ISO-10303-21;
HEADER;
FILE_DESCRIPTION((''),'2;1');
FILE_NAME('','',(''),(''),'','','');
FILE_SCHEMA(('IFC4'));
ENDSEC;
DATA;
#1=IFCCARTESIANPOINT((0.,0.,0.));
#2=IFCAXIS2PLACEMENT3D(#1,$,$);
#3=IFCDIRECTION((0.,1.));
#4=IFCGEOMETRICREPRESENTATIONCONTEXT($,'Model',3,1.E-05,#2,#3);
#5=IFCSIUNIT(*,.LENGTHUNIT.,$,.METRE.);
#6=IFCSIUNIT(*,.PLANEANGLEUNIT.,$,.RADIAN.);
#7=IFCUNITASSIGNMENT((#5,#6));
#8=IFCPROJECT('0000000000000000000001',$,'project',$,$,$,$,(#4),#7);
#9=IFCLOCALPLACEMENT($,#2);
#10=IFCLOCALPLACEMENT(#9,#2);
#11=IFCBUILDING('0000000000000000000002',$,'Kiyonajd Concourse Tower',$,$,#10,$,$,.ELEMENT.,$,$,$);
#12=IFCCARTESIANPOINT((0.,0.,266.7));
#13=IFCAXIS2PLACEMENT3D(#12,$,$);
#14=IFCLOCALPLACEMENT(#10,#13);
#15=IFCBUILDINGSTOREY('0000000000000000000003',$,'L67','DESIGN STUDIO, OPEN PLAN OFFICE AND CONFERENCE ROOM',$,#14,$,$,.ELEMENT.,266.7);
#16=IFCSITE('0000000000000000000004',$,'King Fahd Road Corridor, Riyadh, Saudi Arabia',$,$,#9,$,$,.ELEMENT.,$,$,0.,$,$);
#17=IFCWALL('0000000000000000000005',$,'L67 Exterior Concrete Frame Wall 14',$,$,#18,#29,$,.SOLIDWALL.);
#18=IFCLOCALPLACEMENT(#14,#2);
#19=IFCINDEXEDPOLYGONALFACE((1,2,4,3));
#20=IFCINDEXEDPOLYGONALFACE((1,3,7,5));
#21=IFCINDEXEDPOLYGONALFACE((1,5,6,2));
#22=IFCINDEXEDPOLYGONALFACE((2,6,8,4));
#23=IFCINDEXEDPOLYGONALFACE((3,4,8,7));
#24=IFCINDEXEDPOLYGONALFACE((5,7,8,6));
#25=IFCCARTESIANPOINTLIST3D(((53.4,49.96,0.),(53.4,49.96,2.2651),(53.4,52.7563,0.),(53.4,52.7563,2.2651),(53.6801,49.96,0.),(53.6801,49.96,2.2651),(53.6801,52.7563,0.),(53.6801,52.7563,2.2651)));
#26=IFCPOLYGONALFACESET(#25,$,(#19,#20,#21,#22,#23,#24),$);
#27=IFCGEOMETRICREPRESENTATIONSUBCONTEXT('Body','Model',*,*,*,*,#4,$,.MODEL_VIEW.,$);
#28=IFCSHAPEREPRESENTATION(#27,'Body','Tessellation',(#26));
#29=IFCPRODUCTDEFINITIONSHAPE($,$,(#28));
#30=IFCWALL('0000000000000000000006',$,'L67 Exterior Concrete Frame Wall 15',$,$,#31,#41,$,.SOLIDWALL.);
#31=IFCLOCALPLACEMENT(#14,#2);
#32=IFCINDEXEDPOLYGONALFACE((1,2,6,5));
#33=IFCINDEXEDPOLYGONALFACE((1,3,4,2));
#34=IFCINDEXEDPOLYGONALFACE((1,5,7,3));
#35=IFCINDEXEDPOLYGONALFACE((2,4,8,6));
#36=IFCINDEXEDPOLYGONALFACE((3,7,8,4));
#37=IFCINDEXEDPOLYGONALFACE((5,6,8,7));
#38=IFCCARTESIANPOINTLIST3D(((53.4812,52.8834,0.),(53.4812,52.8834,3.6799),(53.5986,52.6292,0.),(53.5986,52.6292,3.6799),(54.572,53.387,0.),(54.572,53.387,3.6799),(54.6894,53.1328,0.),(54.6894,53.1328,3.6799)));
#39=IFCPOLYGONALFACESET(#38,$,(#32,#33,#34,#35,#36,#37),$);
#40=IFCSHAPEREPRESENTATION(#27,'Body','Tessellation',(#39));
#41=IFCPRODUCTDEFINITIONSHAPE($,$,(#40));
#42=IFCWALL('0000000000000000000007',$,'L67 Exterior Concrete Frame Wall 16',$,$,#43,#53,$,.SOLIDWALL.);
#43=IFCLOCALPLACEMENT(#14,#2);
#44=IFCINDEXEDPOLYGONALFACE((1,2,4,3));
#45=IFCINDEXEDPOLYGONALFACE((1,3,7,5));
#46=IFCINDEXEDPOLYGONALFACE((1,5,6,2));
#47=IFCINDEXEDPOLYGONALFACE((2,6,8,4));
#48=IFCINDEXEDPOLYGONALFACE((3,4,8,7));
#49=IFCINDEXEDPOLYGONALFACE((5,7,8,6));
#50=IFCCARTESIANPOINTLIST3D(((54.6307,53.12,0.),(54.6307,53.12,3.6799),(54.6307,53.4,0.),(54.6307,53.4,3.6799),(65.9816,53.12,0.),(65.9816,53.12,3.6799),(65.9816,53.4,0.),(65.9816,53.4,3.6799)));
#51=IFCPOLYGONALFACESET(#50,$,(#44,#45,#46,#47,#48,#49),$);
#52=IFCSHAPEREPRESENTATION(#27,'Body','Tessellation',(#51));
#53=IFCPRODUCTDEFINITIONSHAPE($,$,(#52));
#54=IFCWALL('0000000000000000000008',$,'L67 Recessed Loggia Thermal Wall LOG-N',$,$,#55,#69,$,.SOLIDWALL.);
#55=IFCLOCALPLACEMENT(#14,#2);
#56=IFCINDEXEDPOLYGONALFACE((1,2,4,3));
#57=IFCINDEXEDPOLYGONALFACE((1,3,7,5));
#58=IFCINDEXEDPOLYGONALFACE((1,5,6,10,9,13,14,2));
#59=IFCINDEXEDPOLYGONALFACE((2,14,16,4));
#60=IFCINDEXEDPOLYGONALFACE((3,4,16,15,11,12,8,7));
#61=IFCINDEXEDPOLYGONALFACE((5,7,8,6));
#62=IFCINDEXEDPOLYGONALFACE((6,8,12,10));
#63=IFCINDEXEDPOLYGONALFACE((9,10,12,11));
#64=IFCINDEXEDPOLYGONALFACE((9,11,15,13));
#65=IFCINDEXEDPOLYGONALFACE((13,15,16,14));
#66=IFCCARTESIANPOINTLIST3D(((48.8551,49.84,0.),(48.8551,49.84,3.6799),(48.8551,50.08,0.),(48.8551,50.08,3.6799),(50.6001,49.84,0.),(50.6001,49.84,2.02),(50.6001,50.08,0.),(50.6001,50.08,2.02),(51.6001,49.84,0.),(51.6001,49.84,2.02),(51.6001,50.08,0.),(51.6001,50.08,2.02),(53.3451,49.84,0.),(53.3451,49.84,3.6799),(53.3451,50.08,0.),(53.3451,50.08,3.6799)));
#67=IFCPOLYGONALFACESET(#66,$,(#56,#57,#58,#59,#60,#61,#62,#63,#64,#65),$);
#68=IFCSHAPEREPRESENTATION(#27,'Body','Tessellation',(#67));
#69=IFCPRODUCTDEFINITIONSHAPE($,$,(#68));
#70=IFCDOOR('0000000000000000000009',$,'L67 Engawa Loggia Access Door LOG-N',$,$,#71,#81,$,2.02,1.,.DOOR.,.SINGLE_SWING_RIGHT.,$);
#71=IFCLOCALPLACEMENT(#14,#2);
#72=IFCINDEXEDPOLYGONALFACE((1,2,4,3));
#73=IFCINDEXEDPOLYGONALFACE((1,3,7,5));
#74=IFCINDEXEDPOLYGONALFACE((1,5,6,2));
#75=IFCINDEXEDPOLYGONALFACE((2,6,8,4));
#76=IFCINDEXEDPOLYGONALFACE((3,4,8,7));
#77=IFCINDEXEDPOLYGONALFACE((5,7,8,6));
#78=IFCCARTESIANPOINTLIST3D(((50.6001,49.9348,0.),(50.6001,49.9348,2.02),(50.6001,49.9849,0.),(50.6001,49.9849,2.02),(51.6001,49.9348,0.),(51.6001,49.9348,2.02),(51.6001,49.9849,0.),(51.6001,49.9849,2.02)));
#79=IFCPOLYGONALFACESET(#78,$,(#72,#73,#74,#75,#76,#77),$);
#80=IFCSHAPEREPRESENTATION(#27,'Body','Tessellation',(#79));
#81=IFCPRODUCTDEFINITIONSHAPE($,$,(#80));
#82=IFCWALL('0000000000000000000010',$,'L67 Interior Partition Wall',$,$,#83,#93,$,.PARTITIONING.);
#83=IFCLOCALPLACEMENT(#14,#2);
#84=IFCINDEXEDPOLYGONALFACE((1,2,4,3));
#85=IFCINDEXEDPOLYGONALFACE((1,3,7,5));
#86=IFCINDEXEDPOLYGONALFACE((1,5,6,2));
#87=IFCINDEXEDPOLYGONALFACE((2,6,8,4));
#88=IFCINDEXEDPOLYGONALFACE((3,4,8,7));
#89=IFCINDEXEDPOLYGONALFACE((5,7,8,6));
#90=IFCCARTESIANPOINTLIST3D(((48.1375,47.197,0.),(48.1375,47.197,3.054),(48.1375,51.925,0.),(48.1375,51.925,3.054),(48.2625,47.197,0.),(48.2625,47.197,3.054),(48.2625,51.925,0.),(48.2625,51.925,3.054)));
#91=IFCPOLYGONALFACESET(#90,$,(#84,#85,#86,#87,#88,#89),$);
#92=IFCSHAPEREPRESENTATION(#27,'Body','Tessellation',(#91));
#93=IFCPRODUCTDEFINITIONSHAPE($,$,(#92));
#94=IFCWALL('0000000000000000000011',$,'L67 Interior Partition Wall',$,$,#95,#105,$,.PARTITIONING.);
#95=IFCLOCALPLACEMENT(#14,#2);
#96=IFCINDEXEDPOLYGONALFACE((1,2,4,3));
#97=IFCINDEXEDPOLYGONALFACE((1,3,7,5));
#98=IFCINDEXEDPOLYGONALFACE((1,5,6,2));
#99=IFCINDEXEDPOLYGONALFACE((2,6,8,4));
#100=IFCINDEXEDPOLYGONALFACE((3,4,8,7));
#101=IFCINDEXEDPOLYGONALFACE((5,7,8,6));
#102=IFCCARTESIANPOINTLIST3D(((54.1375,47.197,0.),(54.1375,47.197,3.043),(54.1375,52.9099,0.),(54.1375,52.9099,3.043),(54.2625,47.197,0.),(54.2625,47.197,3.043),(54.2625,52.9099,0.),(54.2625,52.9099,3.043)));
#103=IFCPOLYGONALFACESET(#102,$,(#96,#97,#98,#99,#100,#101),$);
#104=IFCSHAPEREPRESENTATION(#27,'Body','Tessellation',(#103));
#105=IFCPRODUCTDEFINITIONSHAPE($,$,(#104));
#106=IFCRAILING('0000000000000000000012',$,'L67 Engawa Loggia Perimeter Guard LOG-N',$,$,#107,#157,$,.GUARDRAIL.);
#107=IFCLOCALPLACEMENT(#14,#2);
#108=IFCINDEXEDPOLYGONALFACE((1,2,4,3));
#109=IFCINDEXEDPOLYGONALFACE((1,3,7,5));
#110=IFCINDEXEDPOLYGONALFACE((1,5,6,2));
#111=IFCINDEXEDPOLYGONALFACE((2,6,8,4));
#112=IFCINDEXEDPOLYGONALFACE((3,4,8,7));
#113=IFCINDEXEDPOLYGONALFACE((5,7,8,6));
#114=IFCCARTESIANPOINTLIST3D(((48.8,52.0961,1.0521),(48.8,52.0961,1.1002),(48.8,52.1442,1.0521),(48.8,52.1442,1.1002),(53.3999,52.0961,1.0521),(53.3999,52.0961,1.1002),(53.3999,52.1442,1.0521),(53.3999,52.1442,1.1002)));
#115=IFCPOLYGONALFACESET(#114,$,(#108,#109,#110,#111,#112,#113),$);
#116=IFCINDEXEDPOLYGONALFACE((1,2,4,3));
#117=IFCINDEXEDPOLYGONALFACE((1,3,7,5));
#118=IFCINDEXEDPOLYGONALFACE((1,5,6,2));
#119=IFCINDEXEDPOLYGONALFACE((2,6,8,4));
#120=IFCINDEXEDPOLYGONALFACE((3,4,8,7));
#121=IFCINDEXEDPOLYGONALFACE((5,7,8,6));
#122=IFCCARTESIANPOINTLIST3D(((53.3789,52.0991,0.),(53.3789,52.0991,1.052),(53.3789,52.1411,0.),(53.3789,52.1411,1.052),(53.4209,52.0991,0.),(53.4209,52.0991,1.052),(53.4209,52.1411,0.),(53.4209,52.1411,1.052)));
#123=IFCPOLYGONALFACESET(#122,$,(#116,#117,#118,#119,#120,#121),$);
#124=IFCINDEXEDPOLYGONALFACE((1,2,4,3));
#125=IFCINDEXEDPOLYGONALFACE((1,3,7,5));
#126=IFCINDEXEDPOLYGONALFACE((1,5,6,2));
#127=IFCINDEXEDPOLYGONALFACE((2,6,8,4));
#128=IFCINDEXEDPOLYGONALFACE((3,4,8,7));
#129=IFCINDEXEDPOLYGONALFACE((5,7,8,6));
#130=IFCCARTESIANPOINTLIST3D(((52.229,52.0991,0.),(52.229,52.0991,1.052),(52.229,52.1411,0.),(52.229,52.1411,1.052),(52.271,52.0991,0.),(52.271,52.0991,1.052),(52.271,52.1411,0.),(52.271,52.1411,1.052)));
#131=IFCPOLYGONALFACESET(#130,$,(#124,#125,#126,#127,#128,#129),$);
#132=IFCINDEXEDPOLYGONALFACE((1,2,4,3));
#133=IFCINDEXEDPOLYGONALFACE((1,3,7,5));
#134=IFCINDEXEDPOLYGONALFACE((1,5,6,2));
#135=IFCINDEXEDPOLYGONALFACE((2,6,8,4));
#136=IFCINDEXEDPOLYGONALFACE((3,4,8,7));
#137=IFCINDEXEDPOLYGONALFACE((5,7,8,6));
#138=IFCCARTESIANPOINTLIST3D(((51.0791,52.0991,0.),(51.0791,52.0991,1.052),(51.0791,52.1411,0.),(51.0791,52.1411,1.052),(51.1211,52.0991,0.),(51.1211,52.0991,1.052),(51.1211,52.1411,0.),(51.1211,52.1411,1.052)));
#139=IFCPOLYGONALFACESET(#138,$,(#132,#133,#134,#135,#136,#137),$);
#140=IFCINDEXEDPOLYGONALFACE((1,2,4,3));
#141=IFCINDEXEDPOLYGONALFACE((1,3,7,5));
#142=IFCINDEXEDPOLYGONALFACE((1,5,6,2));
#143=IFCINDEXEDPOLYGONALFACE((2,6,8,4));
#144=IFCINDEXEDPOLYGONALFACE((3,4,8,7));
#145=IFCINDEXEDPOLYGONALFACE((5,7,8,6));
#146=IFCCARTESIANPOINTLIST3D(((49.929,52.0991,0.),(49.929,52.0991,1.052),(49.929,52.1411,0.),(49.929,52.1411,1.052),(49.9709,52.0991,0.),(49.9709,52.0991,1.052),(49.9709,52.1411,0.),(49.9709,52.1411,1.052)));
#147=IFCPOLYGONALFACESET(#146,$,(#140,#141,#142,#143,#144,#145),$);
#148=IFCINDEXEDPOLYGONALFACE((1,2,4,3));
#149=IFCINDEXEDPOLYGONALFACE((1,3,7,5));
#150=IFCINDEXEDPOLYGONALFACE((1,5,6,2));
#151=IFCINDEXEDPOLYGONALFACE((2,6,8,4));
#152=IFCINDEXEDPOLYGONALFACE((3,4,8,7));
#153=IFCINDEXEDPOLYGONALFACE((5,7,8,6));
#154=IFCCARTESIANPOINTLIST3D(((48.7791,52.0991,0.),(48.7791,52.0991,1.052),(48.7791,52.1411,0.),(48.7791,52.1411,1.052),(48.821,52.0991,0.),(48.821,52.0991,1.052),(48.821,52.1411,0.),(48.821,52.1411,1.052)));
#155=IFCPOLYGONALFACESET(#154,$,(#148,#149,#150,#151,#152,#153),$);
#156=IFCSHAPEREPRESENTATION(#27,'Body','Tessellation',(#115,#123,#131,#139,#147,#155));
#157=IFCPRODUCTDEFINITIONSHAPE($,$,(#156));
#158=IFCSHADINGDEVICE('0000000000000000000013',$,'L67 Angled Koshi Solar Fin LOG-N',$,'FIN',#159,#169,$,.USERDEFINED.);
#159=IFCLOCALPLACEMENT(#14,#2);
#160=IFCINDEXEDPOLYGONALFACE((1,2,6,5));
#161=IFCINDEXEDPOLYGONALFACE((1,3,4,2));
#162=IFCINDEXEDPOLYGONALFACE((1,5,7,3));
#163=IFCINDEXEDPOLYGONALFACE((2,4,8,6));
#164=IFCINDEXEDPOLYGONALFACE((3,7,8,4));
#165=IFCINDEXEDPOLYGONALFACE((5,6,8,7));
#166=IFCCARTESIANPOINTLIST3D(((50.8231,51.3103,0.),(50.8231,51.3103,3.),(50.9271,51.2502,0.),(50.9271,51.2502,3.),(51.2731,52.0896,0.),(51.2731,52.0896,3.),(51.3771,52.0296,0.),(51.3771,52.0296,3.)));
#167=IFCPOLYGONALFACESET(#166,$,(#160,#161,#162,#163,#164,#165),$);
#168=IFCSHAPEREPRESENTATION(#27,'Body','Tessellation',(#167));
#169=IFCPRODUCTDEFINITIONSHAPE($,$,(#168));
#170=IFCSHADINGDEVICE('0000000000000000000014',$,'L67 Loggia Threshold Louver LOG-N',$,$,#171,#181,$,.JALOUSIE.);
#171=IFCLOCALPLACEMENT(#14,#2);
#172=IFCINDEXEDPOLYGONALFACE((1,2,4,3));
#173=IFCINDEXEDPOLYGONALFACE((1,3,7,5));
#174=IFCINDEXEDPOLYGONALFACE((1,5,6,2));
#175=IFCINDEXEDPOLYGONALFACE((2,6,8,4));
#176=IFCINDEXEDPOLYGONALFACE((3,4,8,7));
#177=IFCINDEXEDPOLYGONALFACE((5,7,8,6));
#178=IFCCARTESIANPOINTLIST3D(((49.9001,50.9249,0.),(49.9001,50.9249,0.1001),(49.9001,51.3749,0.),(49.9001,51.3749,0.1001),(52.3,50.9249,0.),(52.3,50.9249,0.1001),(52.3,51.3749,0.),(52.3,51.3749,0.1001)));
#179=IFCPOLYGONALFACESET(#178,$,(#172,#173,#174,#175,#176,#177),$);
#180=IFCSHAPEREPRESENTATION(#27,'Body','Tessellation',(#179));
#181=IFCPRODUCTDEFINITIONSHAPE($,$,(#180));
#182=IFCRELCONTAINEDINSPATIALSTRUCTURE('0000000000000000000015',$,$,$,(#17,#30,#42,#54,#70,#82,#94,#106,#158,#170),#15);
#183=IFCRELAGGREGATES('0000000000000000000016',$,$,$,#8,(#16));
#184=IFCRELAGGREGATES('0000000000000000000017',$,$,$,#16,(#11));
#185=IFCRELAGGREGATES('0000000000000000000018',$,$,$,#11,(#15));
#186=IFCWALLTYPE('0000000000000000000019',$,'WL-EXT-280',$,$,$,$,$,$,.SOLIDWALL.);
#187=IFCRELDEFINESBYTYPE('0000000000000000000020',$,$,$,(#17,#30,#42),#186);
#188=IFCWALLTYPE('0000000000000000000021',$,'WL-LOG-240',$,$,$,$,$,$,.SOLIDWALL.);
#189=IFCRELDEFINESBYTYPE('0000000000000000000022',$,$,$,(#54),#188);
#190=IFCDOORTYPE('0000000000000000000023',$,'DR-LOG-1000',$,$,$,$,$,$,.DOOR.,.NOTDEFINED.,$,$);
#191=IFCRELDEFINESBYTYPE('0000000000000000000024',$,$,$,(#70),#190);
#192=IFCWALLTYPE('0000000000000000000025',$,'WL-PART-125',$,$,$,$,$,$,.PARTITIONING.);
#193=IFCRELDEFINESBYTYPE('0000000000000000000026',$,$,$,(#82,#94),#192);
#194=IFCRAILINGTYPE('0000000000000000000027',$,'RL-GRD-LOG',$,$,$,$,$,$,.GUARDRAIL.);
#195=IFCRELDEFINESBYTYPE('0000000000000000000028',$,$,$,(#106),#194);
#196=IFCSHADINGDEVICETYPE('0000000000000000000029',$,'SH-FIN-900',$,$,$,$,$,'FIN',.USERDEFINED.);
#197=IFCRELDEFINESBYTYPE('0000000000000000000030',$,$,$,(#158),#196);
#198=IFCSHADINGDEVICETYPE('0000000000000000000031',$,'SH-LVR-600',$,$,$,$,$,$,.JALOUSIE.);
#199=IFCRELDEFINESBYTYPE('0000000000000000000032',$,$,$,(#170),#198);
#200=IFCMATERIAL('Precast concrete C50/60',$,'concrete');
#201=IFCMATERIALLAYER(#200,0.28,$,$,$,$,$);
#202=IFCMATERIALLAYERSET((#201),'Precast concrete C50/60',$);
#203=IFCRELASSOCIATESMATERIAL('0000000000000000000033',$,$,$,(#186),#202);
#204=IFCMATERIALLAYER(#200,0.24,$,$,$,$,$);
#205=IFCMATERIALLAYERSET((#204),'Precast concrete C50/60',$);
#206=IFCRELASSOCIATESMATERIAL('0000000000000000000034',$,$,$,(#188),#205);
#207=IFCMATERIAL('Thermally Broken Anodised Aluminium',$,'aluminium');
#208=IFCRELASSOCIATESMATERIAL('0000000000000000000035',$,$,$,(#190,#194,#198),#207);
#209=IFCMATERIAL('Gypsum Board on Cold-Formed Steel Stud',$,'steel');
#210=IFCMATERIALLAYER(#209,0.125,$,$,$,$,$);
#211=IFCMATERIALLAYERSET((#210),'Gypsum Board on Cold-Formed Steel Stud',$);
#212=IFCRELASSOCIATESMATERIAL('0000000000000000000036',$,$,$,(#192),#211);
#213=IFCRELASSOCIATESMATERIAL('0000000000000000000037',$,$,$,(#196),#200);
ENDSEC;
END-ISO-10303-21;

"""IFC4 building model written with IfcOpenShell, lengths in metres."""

from ifc_helpers import new_model, si_unit, direction, frame, frame_2d, origin, origin_2d, place, context, subcontext, project, spatial, rectangle, extrude, material, layer, layer_set, type_object, element, fill, save


model = new_model("IFC4")

# Units and contexts
model_context = context("Model", 3, precision=1e-05, world=origin(), true_north=direction((0.0, 1.0)))
body_context = subcontext(model_context, "Body", "Model", "MODEL_VIEW")
ifc_project = project(units=[si_unit("LENGTHUNIT", "METRE"), si_unit("PLANEANGLEUNIT", "RADIAN")], contexts=[model_context])

# Site, building, storey
site_placement = place(None, origin())
site = spatial("IfcSite", under=ifc_project, at=site_placement, Name="King Fahd Road Corridor, Riyadh, Saudi Arabia", CompositionType="ELEMENT", RefElevation=0.0)
building_placement = place(site_placement, origin())
building = spatial("IfcBuilding", under=site, at=building_placement, Name="Kiyonajd Concourse Tower", CompositionType="ELEMENT")
storey_placement = place(building_placement, frame((0.0, 0.0, 266.7)))
storey = spatial("IfcBuildingStorey", under=building, at=storey_placement, Name="L67", Description="DESIGN STUDIO, OPEN PLAN OFFICE AND CONFERENCE ROOM", CompositionType="ELEMENT", Elevation=266.7)

# Shared definitions
ifc_material_1 = material(Name="Thermally Broken Anodised Aluminium", Category="aluminium")

# Walls
ifc_material_2 = material(Name="Precast concrete C50/60", Category="concrete")
ifc_layer_1 = layer(ifc_material_2, 0.28)
ifc_layer_set_1 = layer_set([ifc_layer_1], Name="Precast concrete C50/60")
wall_type_1 = type_object("IfcWallType", Name="WL-EXT-280", PredefinedType="SOLIDWALL", material=ifc_layer_set_1)
wall_1_placement = place(storey_placement, frame((53.54, 49.96, 0.0), z_axis=(0.0, 0.0, 1.0), x_axis=(0.0, 1.0, 0.0)))
element("IfcWall", 1, at=wall_1_placement, inside=storey, type_object=wall_type_1, Name="L67 Exterior Concrete Frame Wall 14", PredefinedType="SOLIDWALL", context=body_context, shape_type="SweptSolid", body=[
    extrude(rectangle(XDim=2.7964, YDim=0.28, at=frame_2d((1.3982, 0.0))), origin(), (0.0, 0.0, 1.0), 2.2651),
])
wall_2_placement = place(storey_placement, frame((53.54, 52.7563, 0.0), z_axis=(0.0, 0.0, 1.0), x_axis=(0.907894, 0.4192, 0.0)))
element("IfcWall", 2, at=wall_2_placement, inside=storey, type_object=wall_type_1, Name="L67 Exterior Concrete Frame Wall 15", PredefinedType="SOLIDWALL", context=body_context, shape_type="SweptSolid", body=[
    extrude(rectangle(XDim=1.2014, YDim=0.28, at=frame_2d((0.6006, 0.0))), origin(), (0.0, 0.0, 1.0), 3.6799),
])
wall_3_placement = place(storey_placement, frame((54.6309, 53.26, 0.0), z_axis=(0.0, 0.0, 1.0), x_axis=(1.0, 0.0, 0.0)))
element("IfcWall", 3, at=wall_3_placement, inside=storey, type_object=wall_type_1, Name="L67 Exterior Concrete Frame Wall 16", PredefinedType="SOLIDWALL", context=body_context, shape_type="SweptSolid", body=[
    extrude(rectangle(XDim=11.3508, YDim=0.28, at=frame_2d((5.6753, 0.0))), origin(), (0.0, 0.0, 1.0), 3.6799),
])

# Wall, opening, door
ifc_layer_2 = layer(ifc_material_2, 0.24)
ifc_layer_set_2 = layer_set([ifc_layer_2], Name="Precast concrete C50/60")
wall_type_2 = type_object("IfcWallType", Name="WL-LOG-240", PredefinedType="SOLIDWALL", material=ifc_layer_set_2)
wall_4_placement = place(storey_placement, frame((48.855, 49.96, 0.0), z_axis=(0.0, 0.0, 1.0), x_axis=(1.0, 0.0, 0.0)))
wall_4 = element("IfcWall", 4, at=wall_4_placement, inside=storey, type_object=wall_type_2, Name="L67 Recessed Loggia Thermal Wall LOG-N", PredefinedType="SOLIDWALL", context=body_context, shape_type="SweptSolid", body=[
    extrude(rectangle(XDim=4.49, YDim=0.24, at=frame_2d((2.2451, 0.0))), origin(), (0.0, 0.0, 1.0), 3.6799),
])
opening_placement = place(wall_4_placement, frame((1.7451, 0.0, 0.0)))
opening = element("IfcOpeningElement", 5, at=opening_placement, cuts=wall_4, PredefinedType="OPENING", context=body_context, shape_type="SweptSolid", body=[
    extrude(rectangle(XDim=1.0, YDim=2.02, at=frame_2d((0.5, 1.01))), frame((0.0, 0.1299, 0.0), z_axis=(0.0, -1.0, 0.0), x_axis=(1.0, 0.0, 0.0)), (0.0, 0.0, 1.0), 0.26),
])
door_type = type_object("IfcDoorType", Name="DR-LOG-1000", OperationType="NOTDEFINED", PredefinedType="DOOR", material=ifc_material_1)
door_placement = place(opening_placement, origin())
door = element("IfcDoor", 6, at=door_placement, inside=storey, type_object=door_type, Name="L67 Engawa Loggia Access Door LOG-N", OperationType="SINGLE_SWING_RIGHT", OverallHeight=2.02, OverallWidth=1.0, PredefinedType="DOOR", context=body_context, shape_type="SweptSolid", body=[
    extrude(rectangle(XDim=1.0, YDim=2.02, at=frame_2d((0.5, 1.01))), frame((0.0, 0.0249, 0.0), z_axis=(0.0, -1.0, 0.0), x_axis=(1.0, 0.0, 0.0)), (0.0, 0.0, 1.0), 0.05),
])
fill(opening, door)

# Walls
ifc_material_3 = material(Name="Gypsum Board on Cold-Formed Steel Stud", Category="steel")
ifc_layer_3 = layer(ifc_material_3, 0.125)
ifc_layer_set_3 = layer_set([ifc_layer_3], Name="Gypsum Board on Cold-Formed Steel Stud")
wall_type_3 = type_object("IfcWallType", Name="WL-PART-125", PredefinedType="PARTITIONING", material=ifc_layer_set_3)
wall_5_placement = place(storey_placement, frame((48.2, 47.197, 0.0), z_axis=(0.0, 0.0, 1.0), x_axis=(0.0, 1.0, 0.0)))
element("IfcWall", 7, at=wall_5_placement, inside=storey, type_object=wall_type_3, Name="L67 Interior Partition Wall", PredefinedType="PARTITIONING", context=body_context, shape_type="SweptSolid", body=[
    extrude(rectangle(XDim=4.728, YDim=0.125, at=frame_2d((2.364, 0.0))), origin(), (0.0, 0.0, 1.0), 3.054),
])
wall_6_placement = place(storey_placement, frame((54.2, 47.197, 0.0), z_axis=(0.0, 0.0, 1.0), x_axis=(0.0, 1.0, 0.0)))
element("IfcWall", 8, at=wall_6_placement, inside=storey, type_object=wall_type_3, Name="L67 Interior Partition Wall", PredefinedType="PARTITIONING", context=body_context, shape_type="SweptSolid", body=[
    extrude(rectangle(XDim=5.7129, YDim=0.125, at=frame_2d((2.8564, 0.0))), origin(), (0.0, 0.0, 1.0), 3.043),
])

# Railing
railing_type = type_object("IfcRailingType", Name="RL-GRD-LOG", PredefinedType="GUARDRAIL", material=ifc_material_1)
railing_placement = place(storey_placement, frame((53.3999, 52.1201, 0.0)))
element("IfcRailing", 9, at=railing_placement, inside=storey, type_object=railing_type, Name="L67 Engawa Loggia Perimeter Guard LOG-N", PredefinedType="GUARDRAIL", context=body_context, shape_type="SweptSolid", body=[
    extrude(rectangle(XDim=0.0481, YDim=0.0481, at=origin_2d()), frame((0.0, 0.0, 1.0762), z_axis=(-1.0, 0.0, 0.0), x_axis=(0.0, -1.0, 0.0)), (0.0, 0.0, 1.0), 4.5999),
    extrude(rectangle(XDim=0.042, YDim=0.042, at=origin_2d()), origin(), (0.0, 0.0, 1.0), 1.052),
    extrude(rectangle(XDim=0.042, YDim=0.042, at=origin_2d()), frame((-1.1499, 0.0, 0.0)), (0.0, 0.0, 1.0), 1.052),
    extrude(rectangle(XDim=0.042, YDim=0.042, at=origin_2d()), frame((-2.2998, 0.0, 0.0)), (0.0, 0.0, 1.0), 1.052),
    extrude(rectangle(XDim=0.042, YDim=0.042, at=origin_2d()), frame((-3.45, 0.0, 0.0)), (0.0, 0.0, 1.0), 1.052),
    extrude(rectangle(XDim=0.042, YDim=0.042, at=origin_2d()), frame((-4.5999, 0.0, 0.0)), (0.0, 0.0, 1.0), 1.052),
])

# Shading devices
shading_device_type_1 = type_object("IfcShadingDeviceType", Name="SH-FIN-900", ElementType="FIN", PredefinedType="USERDEFINED", material=ifc_material_2)
shading_device_1_placement = place(storey_placement, frame((51.1001, 51.6699, 0.0), z_axis=(0.0, 0.0, 1.0), x_axis=(0.5, 0.866025, 0.0)))
element("IfcShadingDevice", 10, at=shading_device_1_placement, inside=storey, type_object=shading_device_type_1, Name="L67 Angled Koshi Solar Fin LOG-N", ObjectType="FIN", PredefinedType="USERDEFINED", context=body_context, shape_type="SweptSolid", body=[
    extrude(rectangle(XDim=0.8999, YDim=0.1201, at=origin_2d()), origin(), (0.0, 0.0, 1.0), 3.0),
])
shading_device_type_2 = type_object("IfcShadingDeviceType", Name="SH-LVR-600", PredefinedType="JALOUSIE", material=ifc_material_1)
shading_device_2_placement = place(storey_placement, frame((51.1001, 51.1499, 0.0), z_axis=(0.0, 0.0, 1.0), x_axis=(1.0, 0.0, 0.0)))
element("IfcShadingDevice", 11, at=shading_device_2_placement, inside=storey, type_object=shading_device_type_2, Name="L67 Loggia Threshold Louver LOG-N", PredefinedType="JALOUSIE", context=body_context, shape_type="SweptSolid", body=[
    extrude(rectangle(XDim=2.3999, YDim=0.45, at=origin_2d()), origin(), (0.0, 0.0, 1.0), 0.1001),
])

save(model, "model.ifc")
